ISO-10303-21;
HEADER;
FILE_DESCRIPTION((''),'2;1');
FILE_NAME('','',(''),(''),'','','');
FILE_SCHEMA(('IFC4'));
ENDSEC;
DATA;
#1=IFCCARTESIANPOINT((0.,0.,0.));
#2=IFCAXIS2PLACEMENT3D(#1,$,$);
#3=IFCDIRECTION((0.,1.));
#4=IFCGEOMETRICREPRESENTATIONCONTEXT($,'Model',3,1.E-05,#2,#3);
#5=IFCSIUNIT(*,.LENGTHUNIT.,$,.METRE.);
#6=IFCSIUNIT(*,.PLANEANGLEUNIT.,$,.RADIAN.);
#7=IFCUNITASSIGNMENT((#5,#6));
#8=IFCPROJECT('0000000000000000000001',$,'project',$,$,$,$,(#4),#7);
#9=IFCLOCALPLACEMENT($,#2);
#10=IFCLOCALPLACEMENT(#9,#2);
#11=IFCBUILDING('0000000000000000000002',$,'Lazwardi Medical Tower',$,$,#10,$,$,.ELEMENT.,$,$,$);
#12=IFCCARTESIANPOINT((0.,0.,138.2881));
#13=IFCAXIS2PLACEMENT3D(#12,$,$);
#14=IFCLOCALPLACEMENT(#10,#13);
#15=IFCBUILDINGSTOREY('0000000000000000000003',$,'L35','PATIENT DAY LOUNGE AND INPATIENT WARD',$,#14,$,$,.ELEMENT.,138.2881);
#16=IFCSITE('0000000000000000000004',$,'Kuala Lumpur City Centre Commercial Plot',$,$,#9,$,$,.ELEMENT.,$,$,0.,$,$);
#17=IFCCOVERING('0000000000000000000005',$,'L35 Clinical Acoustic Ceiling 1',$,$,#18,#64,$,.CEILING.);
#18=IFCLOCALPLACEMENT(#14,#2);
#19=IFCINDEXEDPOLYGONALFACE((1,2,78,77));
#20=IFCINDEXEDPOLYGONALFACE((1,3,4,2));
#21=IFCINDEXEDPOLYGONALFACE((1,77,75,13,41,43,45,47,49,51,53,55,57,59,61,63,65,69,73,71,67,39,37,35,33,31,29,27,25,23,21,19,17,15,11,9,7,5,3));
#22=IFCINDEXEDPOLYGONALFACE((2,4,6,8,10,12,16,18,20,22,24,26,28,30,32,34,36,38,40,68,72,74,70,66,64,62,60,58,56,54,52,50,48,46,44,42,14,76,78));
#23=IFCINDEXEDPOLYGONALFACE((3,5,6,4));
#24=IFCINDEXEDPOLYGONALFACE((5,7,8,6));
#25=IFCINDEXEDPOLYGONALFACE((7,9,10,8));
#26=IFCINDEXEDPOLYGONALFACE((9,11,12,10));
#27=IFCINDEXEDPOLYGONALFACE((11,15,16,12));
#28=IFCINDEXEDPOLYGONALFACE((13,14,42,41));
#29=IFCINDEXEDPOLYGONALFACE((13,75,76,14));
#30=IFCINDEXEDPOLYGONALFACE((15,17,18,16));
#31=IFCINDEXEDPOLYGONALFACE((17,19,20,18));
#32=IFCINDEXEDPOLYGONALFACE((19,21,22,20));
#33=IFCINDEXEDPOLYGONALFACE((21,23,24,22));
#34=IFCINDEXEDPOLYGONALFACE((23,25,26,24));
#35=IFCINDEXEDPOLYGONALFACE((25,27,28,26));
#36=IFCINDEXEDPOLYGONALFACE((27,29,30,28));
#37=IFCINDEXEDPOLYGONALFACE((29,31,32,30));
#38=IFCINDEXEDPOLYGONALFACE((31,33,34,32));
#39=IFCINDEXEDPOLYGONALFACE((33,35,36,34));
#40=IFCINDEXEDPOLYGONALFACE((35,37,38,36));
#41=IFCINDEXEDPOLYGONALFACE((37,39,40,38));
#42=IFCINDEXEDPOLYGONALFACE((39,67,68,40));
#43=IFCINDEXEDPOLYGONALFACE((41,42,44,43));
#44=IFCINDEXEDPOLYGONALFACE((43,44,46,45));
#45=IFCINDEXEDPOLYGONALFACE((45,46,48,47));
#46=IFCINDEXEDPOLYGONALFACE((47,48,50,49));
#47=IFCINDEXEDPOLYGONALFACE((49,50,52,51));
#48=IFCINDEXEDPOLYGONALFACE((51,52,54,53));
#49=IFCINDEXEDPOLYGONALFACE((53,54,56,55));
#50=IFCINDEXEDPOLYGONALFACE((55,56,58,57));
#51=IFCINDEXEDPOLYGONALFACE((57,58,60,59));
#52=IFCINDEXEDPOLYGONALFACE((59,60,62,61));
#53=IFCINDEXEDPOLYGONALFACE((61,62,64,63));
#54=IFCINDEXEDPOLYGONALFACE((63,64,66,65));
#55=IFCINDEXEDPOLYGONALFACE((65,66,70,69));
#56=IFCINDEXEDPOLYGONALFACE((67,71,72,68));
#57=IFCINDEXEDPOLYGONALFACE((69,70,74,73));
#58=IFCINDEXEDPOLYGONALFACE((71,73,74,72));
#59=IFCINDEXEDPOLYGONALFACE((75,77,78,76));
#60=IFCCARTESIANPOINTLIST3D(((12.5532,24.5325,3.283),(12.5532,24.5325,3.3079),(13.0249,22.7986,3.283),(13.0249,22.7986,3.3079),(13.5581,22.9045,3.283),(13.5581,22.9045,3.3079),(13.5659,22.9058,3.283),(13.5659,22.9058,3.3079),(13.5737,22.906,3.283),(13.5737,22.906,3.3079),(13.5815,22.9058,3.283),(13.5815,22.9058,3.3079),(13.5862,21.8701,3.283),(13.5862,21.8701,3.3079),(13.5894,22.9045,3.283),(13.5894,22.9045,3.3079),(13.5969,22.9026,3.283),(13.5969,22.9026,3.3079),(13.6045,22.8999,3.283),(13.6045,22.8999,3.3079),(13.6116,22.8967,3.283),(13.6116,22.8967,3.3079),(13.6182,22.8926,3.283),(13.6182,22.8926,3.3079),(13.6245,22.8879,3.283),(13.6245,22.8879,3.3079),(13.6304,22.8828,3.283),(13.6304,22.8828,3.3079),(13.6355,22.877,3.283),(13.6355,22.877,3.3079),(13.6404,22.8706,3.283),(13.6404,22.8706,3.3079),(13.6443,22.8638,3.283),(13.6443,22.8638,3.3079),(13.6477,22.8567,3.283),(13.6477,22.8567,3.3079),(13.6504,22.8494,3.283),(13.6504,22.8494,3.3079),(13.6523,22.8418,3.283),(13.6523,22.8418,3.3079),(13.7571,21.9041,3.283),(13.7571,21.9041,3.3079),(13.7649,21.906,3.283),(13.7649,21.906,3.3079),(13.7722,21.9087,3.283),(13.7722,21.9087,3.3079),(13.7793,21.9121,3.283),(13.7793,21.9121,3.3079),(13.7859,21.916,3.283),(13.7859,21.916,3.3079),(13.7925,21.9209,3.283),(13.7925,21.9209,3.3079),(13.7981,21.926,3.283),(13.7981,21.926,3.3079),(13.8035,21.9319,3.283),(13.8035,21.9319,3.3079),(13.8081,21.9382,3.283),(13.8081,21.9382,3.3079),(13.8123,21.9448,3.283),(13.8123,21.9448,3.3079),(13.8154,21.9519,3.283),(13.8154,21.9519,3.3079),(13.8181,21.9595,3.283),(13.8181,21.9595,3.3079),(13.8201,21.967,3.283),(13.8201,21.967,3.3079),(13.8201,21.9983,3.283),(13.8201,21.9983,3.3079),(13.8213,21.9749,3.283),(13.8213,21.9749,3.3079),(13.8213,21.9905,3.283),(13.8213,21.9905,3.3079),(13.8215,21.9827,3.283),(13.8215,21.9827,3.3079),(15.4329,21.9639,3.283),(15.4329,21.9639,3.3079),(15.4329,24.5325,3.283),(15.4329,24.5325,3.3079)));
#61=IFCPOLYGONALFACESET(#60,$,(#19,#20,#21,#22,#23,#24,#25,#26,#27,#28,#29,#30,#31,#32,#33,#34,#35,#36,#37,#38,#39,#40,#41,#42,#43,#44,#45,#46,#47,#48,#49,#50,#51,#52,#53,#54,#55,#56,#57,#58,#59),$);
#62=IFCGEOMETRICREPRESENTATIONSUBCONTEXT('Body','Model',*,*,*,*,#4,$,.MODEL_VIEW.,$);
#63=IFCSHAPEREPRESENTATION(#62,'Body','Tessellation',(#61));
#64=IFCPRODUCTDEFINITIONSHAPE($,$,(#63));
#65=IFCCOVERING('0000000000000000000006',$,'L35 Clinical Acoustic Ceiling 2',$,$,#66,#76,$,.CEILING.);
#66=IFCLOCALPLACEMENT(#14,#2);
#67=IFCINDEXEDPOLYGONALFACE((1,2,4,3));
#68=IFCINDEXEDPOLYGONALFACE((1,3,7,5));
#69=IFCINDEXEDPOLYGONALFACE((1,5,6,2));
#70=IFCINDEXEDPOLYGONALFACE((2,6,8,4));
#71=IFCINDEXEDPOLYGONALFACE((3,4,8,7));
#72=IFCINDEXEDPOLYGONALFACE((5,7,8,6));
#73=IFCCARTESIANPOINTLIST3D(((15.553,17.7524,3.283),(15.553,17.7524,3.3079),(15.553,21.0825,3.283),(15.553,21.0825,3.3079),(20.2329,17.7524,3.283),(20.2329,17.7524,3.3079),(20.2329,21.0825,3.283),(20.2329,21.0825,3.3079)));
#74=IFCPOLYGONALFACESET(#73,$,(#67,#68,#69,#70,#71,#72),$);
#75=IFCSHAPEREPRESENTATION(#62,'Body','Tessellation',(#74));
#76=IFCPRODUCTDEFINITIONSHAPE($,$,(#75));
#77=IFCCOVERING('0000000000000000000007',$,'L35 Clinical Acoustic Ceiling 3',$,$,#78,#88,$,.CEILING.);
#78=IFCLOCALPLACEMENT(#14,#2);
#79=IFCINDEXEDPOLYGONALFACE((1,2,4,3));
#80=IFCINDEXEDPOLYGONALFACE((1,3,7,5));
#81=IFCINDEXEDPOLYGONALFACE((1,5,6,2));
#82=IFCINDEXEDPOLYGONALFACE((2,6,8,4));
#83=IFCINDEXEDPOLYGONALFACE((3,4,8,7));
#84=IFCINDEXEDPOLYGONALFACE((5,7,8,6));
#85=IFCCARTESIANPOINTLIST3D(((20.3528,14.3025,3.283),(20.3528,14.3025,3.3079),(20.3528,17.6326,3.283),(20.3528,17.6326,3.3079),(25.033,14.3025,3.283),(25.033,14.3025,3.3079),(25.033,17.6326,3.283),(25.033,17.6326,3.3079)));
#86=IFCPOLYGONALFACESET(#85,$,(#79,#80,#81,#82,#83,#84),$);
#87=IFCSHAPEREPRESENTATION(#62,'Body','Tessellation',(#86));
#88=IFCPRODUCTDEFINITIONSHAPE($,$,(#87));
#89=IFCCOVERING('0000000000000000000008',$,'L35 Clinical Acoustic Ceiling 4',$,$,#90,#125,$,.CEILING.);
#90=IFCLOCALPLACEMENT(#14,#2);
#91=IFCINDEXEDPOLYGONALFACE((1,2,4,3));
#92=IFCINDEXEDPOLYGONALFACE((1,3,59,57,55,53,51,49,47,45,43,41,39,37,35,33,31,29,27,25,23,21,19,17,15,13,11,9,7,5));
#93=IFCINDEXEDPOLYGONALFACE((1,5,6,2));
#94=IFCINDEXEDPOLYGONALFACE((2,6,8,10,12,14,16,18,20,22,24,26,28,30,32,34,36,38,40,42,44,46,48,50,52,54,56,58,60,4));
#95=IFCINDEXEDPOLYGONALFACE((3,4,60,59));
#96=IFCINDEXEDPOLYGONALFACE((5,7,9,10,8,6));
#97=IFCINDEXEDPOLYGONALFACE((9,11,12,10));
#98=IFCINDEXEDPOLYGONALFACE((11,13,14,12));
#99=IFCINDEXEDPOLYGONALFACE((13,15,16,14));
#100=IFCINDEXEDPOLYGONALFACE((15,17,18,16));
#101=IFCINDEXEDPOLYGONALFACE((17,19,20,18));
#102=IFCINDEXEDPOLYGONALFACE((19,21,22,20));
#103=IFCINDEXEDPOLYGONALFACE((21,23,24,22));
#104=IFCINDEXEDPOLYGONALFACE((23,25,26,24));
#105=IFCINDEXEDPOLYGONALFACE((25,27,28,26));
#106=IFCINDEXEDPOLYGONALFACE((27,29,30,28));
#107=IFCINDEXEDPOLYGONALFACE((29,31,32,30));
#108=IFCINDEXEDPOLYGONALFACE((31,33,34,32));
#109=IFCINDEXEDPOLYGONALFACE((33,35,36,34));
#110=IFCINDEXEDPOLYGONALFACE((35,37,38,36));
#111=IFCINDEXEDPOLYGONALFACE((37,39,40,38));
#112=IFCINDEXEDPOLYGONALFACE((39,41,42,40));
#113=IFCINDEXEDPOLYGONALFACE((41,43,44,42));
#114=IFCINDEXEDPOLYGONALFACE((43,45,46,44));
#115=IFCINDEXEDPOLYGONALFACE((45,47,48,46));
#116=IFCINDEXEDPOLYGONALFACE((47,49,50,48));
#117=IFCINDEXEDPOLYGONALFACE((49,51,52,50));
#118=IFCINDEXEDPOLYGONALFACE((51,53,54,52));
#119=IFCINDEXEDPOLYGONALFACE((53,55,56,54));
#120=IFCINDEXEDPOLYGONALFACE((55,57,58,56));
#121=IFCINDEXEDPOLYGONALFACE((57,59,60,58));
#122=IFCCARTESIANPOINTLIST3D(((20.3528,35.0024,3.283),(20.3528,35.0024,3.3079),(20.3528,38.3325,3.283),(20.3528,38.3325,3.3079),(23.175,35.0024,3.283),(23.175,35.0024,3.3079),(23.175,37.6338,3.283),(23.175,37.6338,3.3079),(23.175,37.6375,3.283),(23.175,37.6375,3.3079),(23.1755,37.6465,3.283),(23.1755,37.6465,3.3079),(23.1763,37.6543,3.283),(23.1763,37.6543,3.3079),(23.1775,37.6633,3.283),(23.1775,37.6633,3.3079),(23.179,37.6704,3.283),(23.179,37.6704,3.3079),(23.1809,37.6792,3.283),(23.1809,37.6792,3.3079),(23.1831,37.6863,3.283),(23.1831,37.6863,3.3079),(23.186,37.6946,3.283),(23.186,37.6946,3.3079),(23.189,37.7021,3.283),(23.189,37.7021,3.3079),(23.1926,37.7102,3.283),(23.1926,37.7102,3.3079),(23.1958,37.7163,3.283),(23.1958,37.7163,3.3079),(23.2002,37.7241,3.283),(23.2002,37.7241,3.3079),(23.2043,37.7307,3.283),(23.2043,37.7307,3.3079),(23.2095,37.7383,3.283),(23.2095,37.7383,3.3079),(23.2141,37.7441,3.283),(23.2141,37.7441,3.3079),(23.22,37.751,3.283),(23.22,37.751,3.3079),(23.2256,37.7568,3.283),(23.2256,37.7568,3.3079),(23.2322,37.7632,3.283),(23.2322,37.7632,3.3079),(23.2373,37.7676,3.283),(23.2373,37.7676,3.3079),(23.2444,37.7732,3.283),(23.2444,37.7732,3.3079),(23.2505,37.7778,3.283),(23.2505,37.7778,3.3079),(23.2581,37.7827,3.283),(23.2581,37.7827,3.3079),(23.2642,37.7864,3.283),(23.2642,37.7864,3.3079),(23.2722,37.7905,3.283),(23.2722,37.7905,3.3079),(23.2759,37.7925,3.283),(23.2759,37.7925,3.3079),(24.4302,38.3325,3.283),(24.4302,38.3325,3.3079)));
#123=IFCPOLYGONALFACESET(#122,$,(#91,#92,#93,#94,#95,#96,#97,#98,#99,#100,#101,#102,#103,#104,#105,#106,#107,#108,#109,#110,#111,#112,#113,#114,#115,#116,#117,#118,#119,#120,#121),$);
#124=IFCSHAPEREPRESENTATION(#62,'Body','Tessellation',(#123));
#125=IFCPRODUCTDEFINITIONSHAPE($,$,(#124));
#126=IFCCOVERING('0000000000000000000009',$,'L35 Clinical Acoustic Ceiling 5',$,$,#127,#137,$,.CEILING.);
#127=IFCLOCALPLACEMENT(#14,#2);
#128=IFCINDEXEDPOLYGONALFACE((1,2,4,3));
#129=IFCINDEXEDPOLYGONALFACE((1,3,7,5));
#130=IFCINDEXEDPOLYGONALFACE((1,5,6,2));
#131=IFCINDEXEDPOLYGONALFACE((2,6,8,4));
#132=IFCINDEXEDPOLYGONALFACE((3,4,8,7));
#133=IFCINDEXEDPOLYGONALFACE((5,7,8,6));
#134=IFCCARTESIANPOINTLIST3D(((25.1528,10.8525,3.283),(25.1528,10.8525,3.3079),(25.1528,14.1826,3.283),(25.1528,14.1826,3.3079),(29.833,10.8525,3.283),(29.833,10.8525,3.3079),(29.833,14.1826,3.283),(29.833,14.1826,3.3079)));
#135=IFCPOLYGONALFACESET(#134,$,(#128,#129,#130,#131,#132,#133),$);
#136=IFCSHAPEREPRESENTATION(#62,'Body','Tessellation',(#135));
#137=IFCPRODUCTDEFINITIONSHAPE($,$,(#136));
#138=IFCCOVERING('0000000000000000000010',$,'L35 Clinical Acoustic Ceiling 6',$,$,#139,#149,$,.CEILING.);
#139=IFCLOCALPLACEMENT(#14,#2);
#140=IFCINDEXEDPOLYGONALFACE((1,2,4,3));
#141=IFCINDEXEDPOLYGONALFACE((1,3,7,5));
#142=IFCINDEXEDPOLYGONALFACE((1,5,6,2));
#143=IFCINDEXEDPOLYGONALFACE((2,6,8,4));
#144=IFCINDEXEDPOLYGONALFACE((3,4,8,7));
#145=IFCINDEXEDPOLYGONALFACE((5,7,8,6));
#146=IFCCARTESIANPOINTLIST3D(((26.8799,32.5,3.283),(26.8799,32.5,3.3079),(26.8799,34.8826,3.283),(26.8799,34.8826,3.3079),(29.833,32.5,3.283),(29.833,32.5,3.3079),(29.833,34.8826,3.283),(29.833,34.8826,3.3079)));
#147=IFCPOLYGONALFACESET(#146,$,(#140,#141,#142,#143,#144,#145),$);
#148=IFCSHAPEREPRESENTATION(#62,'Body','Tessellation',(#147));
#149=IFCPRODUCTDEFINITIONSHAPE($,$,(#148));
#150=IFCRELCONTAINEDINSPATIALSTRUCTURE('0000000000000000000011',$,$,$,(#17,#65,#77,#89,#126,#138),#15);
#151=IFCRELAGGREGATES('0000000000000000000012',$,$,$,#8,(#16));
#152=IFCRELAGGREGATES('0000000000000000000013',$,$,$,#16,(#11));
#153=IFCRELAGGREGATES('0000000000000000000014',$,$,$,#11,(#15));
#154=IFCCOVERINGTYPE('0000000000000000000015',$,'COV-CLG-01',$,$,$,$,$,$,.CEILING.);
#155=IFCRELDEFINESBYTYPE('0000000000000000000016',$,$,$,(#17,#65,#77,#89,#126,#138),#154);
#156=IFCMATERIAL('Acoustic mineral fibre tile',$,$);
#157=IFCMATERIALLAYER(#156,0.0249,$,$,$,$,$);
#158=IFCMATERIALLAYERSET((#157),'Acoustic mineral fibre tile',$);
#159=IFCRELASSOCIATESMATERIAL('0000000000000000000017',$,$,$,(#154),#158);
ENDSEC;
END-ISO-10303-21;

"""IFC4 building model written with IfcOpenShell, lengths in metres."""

from ifc_helpers import new_model, si_unit, direction, frame, origin, place, context, subcontext, project, spatial, polyline, outline, extrude, material, layer, layer_set, type_object, element, save


model = new_model("IFC4")

# Units and contexts
model_context = context("Model", 3, precision=1e-05, world=origin(), true_north=direction((0.0, 1.0)))
body_context = subcontext(model_context, "Body", "Model", "MODEL_VIEW")
ifc_project = project(units=[si_unit("LENGTHUNIT", "METRE"), si_unit("PLANEANGLEUNIT", "RADIAN")], contexts=[model_context])

# Site, building, storey
site_placement = place(None, origin())
site = spatial("IfcSite", under=ifc_project, at=site_placement, Name="Kuala Lumpur City Centre Commercial Plot", CompositionType="ELEMENT", RefElevation=0.0)
building_placement = place(site_placement, origin())
building = spatial("IfcBuilding", under=site, at=building_placement, Name="Lazwardi Medical Tower", CompositionType="ELEMENT")
storey_placement = place(building_placement, frame((0.0, 0.0, 138.2881)))
storey = spatial("IfcBuildingStorey", under=building, at=storey_placement, Name="L35", Description="PATIENT DAY LOUNGE AND INPATIENT WARD", CompositionType="ELEMENT", Elevation=138.2881)

# Coverings
ifc_material_1 = material(Name="Acoustic mineral fibre tile")
ifc_layer_1 = layer(ifc_material_1, 0.0249)
ifc_layer_set_1 = layer_set([ifc_layer_1], Name="Acoustic mineral fibre tile")
covering_type_1 = type_object("IfcCoveringType", Name="COV-CLG-01", PredefinedType="CEILING", material=ifc_layer_set_1)
covering_1_placement = place(storey_placement, frame((0.0, 0.0, 3.283)))
element("IfcCovering", 1, at=covering_1_placement, inside=storey, type_object=covering_type_1, Name="L35 Clinical Acoustic Ceiling 1", PredefinedType="CEILING", context=body_context, shape_type="SweptSolid", body=[
    extrude(outline(polyline([(12.5532, 24.5325), (13.0249, 22.7986), (13.5581, 22.9045), (13.5659, 22.9058), (13.5737, 22.906), (13.5815, 22.9058), (13.5894, 22.9045), (13.5969, 22.9026), (13.6045, 22.8999), (13.6116, 22.8967), (13.6182, 22.8926), (13.6245, 22.8879), (13.6304, 22.8828), (13.6355, 22.877), (13.6404, 22.8706), (13.6443, 22.8638), (13.6477, 22.8567), (13.6504, 22.8494), (13.6523, 22.8418), (13.8201, 21.9983), (13.8213, 21.9905), (13.8215, 21.9827), (13.8213, 21.9749), (13.8201, 21.967), (13.8181, 21.9595), (13.8154, 21.9519), (13.8123, 21.9448), (13.8081, 21.9382), (13.8035, 21.9319), (13.7981, 21.926), (13.7925, 21.9209), (13.7859, 21.916), (13.7793, 21.9121), (13.7722, 21.9087), (13.7649, 21.906), (13.7571, 21.9041), (13.5862, 21.8701), (15.4329, 21.9639), (15.4329, 24.5325), (12.5532, 24.5325)])), origin(), (0.0, 0.0, 1.0), 0.0249),
])
covering_2_placement = place(storey_placement, frame((0.0, 0.0, 3.283)))
element("IfcCovering", 2, at=covering_2_placement, inside=storey, type_object=covering_type_1, Name="L35 Clinical Acoustic Ceiling 2", PredefinedType="CEILING", context=body_context, shape_type="SweptSolid", body=[
    extrude(outline(polyline([(20.2329, 17.7524), (20.2329, 21.0825), (15.553, 21.0825), (15.553, 17.7524), (20.2329, 17.7524)])), origin(), (0.0, 0.0, 1.0), 0.0249),
])
covering_3_placement = place(storey_placement, frame((0.0, 0.0, 3.283)))
element("IfcCovering", 3, at=covering_3_placement, inside=storey, type_object=covering_type_1, Name="L35 Clinical Acoustic Ceiling 3", PredefinedType="CEILING", context=body_context, shape_type="SweptSolid", body=[
    extrude(outline(polyline([(25.033, 14.3025), (25.033, 17.6326), (20.3528, 17.6326), (20.3528, 14.3025), (25.033, 14.3025)])), origin(), (0.0, 0.0, 1.0), 0.0249),
])
covering_4_placement = place(storey_placement, frame((0.0, 0.0, 3.283)))
element("IfcCovering", 4, at=covering_4_placement, inside=storey, type_object=covering_type_1, Name="L35 Clinical Acoustic Ceiling 4", PredefinedType="CEILING", context=body_context, shape_type="SweptSolid", body=[
    extrude(outline(polyline([(23.175, 35.0024), (23.175, 37.6338), (23.175, 37.6375), (23.1755, 37.6465), (23.1763, 37.6543), (23.1775, 37.6633), (23.179, 37.6704), (23.1809, 37.6792), (23.1831, 37.6863), (23.186, 37.6946), (23.189, 37.7021), (23.1926, 37.7102), (23.1958, 37.7163), (23.2002, 37.7241), (23.2043, 37.7307), (23.2095, 37.7383), (23.2141, 37.7441), (23.22, 37.751), (23.2256, 37.7568), (23.2322, 37.7632), (23.2373, 37.7676), (23.2444, 37.7732), (23.2505, 37.7778), (23.2581, 37.7827), (23.2642, 37.7864), (23.2722, 37.7905), (23.2759, 37.7925), (24.4302, 38.3325), (20.3528, 38.3325), (20.3528, 35.0024), (23.175, 35.0024)])), origin(), (0.0, 0.0, 1.0), 0.0249),
])
covering_5_placement = place(storey_placement, frame((0.0, 0.0, 3.283)))
element("IfcCovering", 5, at=covering_5_placement, inside=storey, type_object=covering_type_1, Name="L35 Clinical Acoustic Ceiling 5", PredefinedType="CEILING", context=body_context, shape_type="SweptSolid", body=[
    extrude(outline(polyline([(29.833, 10.8525), (29.833, 14.1826), (25.1528, 14.1826), (25.1528, 10.8525), (29.833, 10.8525)])), origin(), (0.0, 0.0, 1.0), 0.0249),
])
covering_6_placement = place(storey_placement, frame((0.0, 0.0, 3.283)))
element("IfcCovering", 6, at=covering_6_placement, inside=storey, type_object=covering_type_1, Name="L35 Clinical Acoustic Ceiling 6", PredefinedType="CEILING", context=body_context, shape_type="SweptSolid", body=[
    extrude(outline(polyline([(26.8799, 34.8826), (26.8799, 32.5), (29.833, 32.5), (29.833, 34.8826), (26.8799, 34.8826)])), origin(), (0.0, 0.0, 1.0), 0.0249),
])

save(model, "model.ifc")
